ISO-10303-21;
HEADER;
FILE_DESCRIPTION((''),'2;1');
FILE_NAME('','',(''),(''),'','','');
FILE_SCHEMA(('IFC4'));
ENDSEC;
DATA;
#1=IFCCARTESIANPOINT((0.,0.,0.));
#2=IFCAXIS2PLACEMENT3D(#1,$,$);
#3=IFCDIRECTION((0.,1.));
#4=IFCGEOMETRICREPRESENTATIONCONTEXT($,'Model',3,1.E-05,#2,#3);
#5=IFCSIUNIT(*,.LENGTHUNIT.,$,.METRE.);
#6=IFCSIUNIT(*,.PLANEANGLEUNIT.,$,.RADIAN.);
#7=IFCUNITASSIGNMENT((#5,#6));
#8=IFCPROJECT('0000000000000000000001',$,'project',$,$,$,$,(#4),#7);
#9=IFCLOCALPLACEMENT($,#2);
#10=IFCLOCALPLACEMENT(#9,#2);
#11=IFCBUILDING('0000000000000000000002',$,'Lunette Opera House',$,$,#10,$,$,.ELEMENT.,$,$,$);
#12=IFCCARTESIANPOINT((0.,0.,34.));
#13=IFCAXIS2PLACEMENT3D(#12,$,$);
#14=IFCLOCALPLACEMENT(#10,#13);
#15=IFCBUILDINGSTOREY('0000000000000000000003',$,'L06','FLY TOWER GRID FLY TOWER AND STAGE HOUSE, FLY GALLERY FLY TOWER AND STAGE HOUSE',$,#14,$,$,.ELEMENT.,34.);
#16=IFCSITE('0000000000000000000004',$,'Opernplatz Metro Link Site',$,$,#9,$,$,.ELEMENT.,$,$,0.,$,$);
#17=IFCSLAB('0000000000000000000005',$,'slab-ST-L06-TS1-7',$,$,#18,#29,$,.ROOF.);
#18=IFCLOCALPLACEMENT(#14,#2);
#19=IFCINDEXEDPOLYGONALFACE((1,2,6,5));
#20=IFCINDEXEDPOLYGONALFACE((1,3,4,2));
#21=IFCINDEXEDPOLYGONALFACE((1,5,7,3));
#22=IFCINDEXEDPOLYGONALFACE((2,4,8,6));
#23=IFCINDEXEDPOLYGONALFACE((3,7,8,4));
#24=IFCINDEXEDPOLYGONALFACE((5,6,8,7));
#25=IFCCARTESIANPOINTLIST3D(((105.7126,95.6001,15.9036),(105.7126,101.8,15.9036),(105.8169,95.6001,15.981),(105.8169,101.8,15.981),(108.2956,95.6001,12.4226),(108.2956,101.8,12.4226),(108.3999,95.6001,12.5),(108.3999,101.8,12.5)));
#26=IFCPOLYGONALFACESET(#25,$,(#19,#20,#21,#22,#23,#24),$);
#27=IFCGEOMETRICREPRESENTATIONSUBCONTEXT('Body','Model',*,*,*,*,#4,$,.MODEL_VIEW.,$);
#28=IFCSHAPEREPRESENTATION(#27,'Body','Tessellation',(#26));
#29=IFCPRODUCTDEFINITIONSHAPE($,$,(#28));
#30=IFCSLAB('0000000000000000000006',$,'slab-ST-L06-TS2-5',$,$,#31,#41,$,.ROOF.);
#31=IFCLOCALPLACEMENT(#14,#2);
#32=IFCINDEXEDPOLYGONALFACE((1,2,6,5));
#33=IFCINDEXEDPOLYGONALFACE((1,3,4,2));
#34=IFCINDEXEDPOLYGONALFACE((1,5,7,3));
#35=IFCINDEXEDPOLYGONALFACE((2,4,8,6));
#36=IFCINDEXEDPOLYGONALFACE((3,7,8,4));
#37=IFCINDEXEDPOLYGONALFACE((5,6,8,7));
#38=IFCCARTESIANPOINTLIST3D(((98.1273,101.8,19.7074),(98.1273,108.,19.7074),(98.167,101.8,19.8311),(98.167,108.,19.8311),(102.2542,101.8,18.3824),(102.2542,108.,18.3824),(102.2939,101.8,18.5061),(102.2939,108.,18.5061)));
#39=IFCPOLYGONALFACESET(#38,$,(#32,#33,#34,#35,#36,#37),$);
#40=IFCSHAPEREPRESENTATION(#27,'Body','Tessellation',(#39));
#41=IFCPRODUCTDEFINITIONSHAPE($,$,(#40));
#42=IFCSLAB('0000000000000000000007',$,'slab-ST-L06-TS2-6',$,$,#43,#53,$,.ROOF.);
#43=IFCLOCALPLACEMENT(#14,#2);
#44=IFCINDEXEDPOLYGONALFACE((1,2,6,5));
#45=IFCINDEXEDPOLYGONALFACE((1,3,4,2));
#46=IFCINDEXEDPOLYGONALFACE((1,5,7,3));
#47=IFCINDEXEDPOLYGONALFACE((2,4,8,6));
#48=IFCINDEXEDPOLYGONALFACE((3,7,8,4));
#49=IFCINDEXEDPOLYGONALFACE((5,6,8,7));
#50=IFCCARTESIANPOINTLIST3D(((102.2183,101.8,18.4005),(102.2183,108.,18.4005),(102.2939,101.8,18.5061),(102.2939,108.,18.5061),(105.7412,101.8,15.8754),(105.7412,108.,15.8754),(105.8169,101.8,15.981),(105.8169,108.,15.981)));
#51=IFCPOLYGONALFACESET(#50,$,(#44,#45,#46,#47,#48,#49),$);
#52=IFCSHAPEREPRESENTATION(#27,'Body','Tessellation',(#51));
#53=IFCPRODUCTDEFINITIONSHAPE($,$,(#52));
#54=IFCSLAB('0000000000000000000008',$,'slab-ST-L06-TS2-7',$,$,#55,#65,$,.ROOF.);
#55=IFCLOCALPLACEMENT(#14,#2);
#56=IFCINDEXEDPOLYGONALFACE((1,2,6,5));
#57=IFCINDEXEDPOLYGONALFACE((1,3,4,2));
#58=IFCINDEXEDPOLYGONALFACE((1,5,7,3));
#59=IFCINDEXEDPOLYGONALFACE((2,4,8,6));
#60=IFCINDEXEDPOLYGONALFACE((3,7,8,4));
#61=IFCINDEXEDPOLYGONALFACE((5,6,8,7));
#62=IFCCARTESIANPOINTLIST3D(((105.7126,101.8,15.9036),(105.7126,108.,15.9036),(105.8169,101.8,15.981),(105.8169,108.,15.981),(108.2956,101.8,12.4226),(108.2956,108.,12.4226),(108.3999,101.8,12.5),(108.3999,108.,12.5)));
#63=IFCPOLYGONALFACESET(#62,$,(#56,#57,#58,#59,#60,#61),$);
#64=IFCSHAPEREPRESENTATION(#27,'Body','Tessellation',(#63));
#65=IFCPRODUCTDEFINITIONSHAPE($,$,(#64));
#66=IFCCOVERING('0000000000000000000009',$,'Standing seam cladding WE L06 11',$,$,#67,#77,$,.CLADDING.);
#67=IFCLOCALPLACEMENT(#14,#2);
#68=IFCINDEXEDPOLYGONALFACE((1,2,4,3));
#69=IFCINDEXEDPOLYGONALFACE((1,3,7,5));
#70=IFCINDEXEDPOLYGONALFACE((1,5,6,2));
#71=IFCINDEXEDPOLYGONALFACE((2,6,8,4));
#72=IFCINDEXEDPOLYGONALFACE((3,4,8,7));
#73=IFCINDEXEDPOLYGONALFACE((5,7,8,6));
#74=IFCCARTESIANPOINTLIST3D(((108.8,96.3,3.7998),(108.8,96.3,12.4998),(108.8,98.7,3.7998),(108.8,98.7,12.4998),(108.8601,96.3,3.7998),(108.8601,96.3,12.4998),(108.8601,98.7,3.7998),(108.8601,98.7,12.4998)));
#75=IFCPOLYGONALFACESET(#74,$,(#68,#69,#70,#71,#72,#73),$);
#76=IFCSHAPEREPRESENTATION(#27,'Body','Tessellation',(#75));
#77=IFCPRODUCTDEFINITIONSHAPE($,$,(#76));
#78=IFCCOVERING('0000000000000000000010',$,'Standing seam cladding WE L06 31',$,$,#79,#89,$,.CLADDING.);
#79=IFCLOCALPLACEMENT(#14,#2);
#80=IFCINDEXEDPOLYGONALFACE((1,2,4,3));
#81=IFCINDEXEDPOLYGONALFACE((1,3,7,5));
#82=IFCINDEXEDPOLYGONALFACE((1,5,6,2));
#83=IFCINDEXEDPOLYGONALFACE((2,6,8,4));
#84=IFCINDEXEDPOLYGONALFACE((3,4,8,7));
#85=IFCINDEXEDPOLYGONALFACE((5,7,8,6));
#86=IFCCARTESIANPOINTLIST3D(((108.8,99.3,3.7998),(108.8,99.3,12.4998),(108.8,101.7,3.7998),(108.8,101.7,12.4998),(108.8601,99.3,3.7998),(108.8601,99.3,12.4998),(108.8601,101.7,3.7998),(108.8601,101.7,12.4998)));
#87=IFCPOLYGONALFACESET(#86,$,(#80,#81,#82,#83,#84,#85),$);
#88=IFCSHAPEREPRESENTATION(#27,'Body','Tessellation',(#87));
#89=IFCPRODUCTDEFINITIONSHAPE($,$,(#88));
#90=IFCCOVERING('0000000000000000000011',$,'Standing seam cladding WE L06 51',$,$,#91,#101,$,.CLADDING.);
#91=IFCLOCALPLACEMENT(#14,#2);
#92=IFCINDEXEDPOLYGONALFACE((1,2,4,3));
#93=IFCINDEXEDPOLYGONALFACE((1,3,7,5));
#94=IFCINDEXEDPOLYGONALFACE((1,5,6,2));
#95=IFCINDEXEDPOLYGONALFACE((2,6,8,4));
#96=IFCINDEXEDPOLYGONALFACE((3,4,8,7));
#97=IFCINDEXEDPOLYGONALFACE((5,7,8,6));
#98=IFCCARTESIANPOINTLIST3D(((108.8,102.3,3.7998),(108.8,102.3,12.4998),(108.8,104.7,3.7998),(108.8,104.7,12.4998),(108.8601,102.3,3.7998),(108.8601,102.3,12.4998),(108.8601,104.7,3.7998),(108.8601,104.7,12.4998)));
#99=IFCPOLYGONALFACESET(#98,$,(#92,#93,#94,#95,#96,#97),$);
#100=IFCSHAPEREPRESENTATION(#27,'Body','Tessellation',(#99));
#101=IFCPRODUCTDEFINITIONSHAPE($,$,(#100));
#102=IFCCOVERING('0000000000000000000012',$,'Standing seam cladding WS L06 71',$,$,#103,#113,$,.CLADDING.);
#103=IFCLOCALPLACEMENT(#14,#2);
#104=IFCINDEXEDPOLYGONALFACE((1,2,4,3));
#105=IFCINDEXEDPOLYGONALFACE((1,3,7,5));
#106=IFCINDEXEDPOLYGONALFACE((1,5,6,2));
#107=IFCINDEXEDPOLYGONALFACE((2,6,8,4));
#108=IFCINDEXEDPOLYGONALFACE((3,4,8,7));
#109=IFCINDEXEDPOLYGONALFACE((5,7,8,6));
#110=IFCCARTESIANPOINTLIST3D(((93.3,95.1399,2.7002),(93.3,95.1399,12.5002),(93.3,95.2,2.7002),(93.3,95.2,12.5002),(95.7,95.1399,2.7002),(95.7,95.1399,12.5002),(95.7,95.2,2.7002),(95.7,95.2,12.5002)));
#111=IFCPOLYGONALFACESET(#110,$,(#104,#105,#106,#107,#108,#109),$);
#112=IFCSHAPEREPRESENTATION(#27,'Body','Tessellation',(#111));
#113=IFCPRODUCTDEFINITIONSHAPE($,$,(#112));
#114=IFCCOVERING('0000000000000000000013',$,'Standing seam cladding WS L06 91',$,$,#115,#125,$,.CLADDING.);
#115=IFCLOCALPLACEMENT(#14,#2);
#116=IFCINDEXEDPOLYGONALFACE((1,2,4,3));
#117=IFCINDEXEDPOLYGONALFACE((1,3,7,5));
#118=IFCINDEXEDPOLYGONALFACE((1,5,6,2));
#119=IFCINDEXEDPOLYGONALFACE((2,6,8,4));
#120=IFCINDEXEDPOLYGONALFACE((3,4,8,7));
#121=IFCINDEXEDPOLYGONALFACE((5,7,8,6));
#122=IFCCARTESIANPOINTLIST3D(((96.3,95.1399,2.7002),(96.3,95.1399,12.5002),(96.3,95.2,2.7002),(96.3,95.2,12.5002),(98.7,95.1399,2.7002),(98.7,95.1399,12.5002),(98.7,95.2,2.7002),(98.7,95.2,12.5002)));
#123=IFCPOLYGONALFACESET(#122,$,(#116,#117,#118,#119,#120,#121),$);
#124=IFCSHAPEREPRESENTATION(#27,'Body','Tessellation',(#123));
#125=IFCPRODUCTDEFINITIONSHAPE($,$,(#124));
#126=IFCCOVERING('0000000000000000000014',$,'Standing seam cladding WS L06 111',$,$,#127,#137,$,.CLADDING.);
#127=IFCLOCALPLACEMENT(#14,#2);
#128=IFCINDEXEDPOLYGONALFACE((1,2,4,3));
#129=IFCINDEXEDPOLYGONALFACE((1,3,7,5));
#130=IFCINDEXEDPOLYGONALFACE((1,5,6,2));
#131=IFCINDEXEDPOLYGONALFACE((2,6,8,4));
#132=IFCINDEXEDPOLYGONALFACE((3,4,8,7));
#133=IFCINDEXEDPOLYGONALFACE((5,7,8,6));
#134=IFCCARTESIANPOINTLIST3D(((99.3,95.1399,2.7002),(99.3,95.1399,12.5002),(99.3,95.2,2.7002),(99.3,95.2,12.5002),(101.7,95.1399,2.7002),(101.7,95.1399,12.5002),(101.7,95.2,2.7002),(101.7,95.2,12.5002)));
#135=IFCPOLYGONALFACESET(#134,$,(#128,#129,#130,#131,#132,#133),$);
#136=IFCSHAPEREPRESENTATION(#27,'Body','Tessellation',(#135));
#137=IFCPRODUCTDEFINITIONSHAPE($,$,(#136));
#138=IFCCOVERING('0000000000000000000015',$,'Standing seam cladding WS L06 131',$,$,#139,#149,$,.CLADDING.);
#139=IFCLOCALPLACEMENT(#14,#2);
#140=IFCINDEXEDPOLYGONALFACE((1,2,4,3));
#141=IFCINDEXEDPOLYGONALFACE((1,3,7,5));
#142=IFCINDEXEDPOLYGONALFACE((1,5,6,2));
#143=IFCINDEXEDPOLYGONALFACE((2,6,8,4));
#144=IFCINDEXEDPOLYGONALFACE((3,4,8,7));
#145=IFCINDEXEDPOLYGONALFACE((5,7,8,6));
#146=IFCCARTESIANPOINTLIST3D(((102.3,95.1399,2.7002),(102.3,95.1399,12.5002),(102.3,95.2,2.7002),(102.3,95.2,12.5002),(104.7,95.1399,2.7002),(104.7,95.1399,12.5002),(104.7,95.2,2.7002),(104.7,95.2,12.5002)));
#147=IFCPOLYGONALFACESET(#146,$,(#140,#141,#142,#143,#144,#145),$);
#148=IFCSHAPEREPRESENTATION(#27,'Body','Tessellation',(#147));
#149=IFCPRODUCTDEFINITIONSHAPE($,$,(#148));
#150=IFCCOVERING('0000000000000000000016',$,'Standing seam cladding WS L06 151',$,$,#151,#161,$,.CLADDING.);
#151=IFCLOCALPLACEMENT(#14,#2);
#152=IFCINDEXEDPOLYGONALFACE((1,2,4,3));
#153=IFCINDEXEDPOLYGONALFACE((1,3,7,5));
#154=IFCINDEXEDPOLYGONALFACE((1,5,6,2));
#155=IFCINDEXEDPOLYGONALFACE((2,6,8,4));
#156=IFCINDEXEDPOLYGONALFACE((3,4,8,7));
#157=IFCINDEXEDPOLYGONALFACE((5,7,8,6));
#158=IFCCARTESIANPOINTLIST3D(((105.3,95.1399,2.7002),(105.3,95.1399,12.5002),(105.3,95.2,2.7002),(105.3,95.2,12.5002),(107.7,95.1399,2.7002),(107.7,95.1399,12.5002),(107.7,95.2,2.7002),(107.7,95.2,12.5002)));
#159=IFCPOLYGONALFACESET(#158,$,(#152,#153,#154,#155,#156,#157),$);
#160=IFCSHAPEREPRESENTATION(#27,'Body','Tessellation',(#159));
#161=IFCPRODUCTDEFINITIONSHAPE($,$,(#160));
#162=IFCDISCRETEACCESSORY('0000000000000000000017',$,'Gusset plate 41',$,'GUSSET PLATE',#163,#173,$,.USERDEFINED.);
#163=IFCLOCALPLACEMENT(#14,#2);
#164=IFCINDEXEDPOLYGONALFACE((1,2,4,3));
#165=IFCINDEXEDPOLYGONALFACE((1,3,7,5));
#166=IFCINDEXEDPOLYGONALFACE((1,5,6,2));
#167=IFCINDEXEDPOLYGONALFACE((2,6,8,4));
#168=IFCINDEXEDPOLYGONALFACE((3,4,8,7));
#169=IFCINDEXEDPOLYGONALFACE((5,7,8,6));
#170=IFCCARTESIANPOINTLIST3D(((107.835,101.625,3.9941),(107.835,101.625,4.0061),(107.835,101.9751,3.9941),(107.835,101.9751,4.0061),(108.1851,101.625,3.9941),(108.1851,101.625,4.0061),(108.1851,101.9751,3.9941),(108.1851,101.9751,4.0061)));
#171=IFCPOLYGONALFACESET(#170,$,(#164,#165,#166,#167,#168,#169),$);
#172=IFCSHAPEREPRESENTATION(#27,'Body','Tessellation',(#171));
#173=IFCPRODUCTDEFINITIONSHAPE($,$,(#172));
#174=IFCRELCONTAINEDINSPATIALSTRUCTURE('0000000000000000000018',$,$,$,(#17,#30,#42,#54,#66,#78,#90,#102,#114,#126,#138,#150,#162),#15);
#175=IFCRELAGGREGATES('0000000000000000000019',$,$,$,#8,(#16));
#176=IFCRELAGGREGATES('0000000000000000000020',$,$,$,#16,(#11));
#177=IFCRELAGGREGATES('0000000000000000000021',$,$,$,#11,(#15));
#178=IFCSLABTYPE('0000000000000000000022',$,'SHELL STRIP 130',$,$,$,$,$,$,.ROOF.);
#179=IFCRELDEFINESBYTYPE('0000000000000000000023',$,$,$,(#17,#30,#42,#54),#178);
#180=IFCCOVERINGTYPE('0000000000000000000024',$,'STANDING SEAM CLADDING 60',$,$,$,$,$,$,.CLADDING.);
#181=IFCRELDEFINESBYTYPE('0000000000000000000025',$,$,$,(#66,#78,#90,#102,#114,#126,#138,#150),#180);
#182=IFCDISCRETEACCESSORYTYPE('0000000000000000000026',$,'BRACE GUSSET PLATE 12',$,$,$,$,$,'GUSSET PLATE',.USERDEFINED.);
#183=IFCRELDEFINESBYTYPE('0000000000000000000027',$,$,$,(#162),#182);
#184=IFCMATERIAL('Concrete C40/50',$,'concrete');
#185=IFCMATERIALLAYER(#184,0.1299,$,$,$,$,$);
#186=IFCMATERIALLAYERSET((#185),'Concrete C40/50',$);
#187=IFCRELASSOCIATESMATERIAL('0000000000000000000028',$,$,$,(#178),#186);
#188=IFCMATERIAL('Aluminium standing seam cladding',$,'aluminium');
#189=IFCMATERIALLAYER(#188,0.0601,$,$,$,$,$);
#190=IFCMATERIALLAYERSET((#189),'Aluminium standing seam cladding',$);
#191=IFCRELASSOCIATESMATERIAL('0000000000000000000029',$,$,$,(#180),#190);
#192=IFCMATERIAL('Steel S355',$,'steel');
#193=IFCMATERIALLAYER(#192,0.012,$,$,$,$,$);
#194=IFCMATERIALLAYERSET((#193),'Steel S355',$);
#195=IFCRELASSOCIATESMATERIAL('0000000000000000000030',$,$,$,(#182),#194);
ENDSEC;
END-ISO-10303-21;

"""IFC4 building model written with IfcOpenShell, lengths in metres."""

from ifc_helpers import new_model, si_unit, direction, frame, origin, origin_2d, place, context, subcontext, project, spatial, polyline, rectangle, outline, extrude, material, layer, layer_set, type_object, element, save


model = new_model("IFC4")

# Units and contexts
model_context = context("Model", 3, precision=1e-05, world=origin(), true_north=direction((0.0, 1.0)))
body_context = subcontext(model_context, "Body", "Model", "MODEL_VIEW")
ifc_project = project(units=[si_unit("LENGTHUNIT", "METRE"), si_unit("PLANEANGLEUNIT", "RADIAN")], contexts=[model_context])

# Site, building, storey
site_placement = place(None, origin())
site = spatial("IfcSite", under=ifc_project, at=site_placement, Name="Opernplatz Metro Link Site", CompositionType="ELEMENT", RefElevation=0.0)
building_placement = place(site_placement, origin())
building = spatial("IfcBuilding", under=site, at=building_placement, Name="Lunette Opera House", CompositionType="ELEMENT")
storey_placement = place(building_placement, frame((0.0, 0.0, 34.0)))
storey = spatial("IfcBuildingStorey", under=building, at=storey_placement, Name="L06", Description="FLY TOWER GRID FLY TOWER AND STAGE HOUSE, FLY GALLERY FLY TOWER AND STAGE HOUSE", CompositionType="ELEMENT", Elevation=34.0)

# Slabs
ifc_material_1 = material(Name="Concrete C40/50", Category="concrete")
ifc_layer_1 = layer(ifc_material_1, 0.1299)
ifc_layer_set_1 = layer_set([ifc_layer_1], Name="Concrete C40/50")
slab_type = type_object("IfcSlabType", Name="SHELL STRIP 130", PredefinedType="ROOF", material=ifc_layer_set_1)
slab_1_placement = place(storey_placement, frame((105.8169, 95.6001, 15.981), z_axis=(0.803058, 0.0, 0.595901), x_axis=(0.595901, 0.0, -0.803058)))
element("IfcSlab", 1, at=slab_1_placement, inside=storey, type_object=slab_type, Name="slab-ST-L06-TS1-7", PredefinedType="ROOF", context=body_context, shape_type="SweptSolid", body=[
    extrude(outline(polyline([(0.0, 0.0), (4.3346, 0.0), (4.3346, 6.2), (0.0, 6.2), (0.0, 0.0)])), origin(), (0.0, 0.0, -1.0), 0.1299),
])
slab_2_placement = place(storey_placement, frame((98.167, 101.8, 19.8311), z_axis=(0.305681, 0.0, 0.952134), x_axis=(0.952134, 0.0, -0.305681)))
element("IfcSlab", 2, at=slab_2_placement, inside=storey, type_object=slab_type, Name="slab-ST-L06-TS2-5", PredefinedType="ROOF", context=body_context, shape_type="SweptSolid", body=[
    extrude(outline(polyline([(0.0, 0.0), (4.3344, 0.0), (4.3344, 6.2), (0.0, 6.2), (0.0, 0.0)])), origin(), (0.0, 0.0, -1.0), 0.1299),
])
slab_3_placement = place(storey_placement, frame((102.2939, 101.8, 18.5061), z_axis=(0.582575, 0.0, 0.812777), x_axis=(0.812777, 0.0, -0.582575)))
element("IfcSlab", 3, at=slab_3_placement, inside=storey, type_object=slab_type, Name="slab-ST-L06-TS2-6", PredefinedType="ROOF", context=body_context, shape_type="SweptSolid", body=[
    extrude(outline(polyline([(0.0, 0.0), (4.3345, 0.0), (4.3345, 6.2), (0.0, 6.2), (0.0, 0.0)])), origin(), (0.0, 0.0, -1.0), 0.1299),
])
slab_4_placement = place(storey_placement, frame((105.8169, 101.8, 15.981), z_axis=(0.803058, 0.0, 0.595901), x_axis=(0.595901, 0.0, -0.803058)))
element("IfcSlab", 4, at=slab_4_placement, inside=storey, type_object=slab_type, Name="slab-ST-L06-TS2-7", PredefinedType="ROOF", context=body_context, shape_type="SweptSolid", body=[
    extrude(outline(polyline([(0.0, 0.0), (4.3346, 0.0), (4.3346, 6.2), (0.0, 6.2), (0.0, 0.0)])), origin(), (0.0, 0.0, -1.0), 0.1299),
])

# Coverings
ifc_material_2 = material(Name="Aluminium standing seam cladding", Category="aluminium")
ifc_layer_2 = layer(ifc_material_2, 0.0601)
ifc_layer_set_2 = layer_set([ifc_layer_2], Name="Aluminium standing seam cladding")
covering_type = type_object("IfcCoveringType", Name="STANDING SEAM CLADDING 60", PredefinedType="CLADDING", material=ifc_layer_set_2)
for number, where, z_axis, x_axis, name in (
    (5, (108.8301, 97.5, 3.7998), (0.0, 0.0, 1.0), (0.0, 1.0, 0.0), "Standing seam cladding WE L06 11"),
    (6, (108.8301, 100.5, 3.7998), (0.0, 0.0, 1.0), (0.0, 1.0, 0.0), "Standing seam cladding WE L06 31"),
    (7, (108.8301, 103.5, 3.7998), (0.0, 0.0, 1.0), (0.0, 1.0, 0.0), "Standing seam cladding WE L06 51"),
):
    element("IfcCovering", number, at=place(storey_placement, frame(where, z_axis=z_axis, x_axis=x_axis)), inside=storey, type_object=covering_type, Name=name, PredefinedType="CLADDING", context=body_context, shape_type="SweptSolid", body=[
        extrude(rectangle(XDim=2.3999, YDim=0.0601, at=origin_2d()), origin(), (0.0, 0.0, 1.0), 8.7),
    ])
for number, where, z_axis, x_axis, name in (
    (8, (94.5, 95.1699, 2.7002), (0.0, 0.0, 1.0), (1.0, 0.0, 0.0), "Standing seam cladding WS L06 71"),
    (9, (97.5, 95.1699, 2.7002), (0.0, 0.0, 1.0), (1.0, 0.0, 0.0), "Standing seam cladding WS L06 91"),
    (10, (100.5, 95.1699, 2.7002), (0.0, 0.0, 1.0), (1.0, 0.0, 0.0), "Standing seam cladding WS L06 111"),
    (11, (103.5, 95.1699, 2.7002), (0.0, 0.0, 1.0), (1.0, 0.0, 0.0), "Standing seam cladding WS L06 131"),
    (12, (106.5, 95.1699, 2.7002), (0.0, 0.0, 1.0), (1.0, 0.0, 0.0), "Standing seam cladding WS L06 151"),
):
    element("IfcCovering", number, at=place(storey_placement, frame(where, z_axis=z_axis, x_axis=x_axis)), inside=storey, type_object=covering_type, Name=name, PredefinedType="CLADDING", context=body_context, shape_type="SweptSolid", body=[
        extrude(rectangle(XDim=2.3999, YDim=0.0601, at=origin_2d()), origin(), (0.0, 0.0, 1.0), 9.8),
    ])

# Discrete accessory
ifc_material_3 = material(Name="Steel S355", Category="steel")
ifc_layer_3 = layer(ifc_material_3, 0.012)
ifc_layer_set_3 = layer_set([ifc_layer_3], Name="Steel S355")
discrete_accessory_type = type_object("IfcDiscreteAccessoryType", Name="BRACE GUSSET PLATE 12", ElementType="GUSSET PLATE", PredefinedType="USERDEFINED", material=ifc_layer_set_3)
discrete_accessory_placement = place(storey_placement, frame((108.01, 101.8, 3.9941), z_axis=(0.0, 0.0, 1.0), x_axis=(1.0, 0.0, 0.0)))
element("IfcDiscreteAccessory", 13, at=discrete_accessory_placement, inside=storey, type_object=discrete_accessory_type, Name="Gusset plate 41", ObjectType="GUSSET PLATE", PredefinedType="USERDEFINED", context=body_context, shape_type="SweptSolid", body=[
    extrude(rectangle(XDim=0.3501, YDim=0.3501, at=origin_2d()), origin(), (0.0, 0.0, 1.0), 0.012),
])

save(model, "model.ifc")
